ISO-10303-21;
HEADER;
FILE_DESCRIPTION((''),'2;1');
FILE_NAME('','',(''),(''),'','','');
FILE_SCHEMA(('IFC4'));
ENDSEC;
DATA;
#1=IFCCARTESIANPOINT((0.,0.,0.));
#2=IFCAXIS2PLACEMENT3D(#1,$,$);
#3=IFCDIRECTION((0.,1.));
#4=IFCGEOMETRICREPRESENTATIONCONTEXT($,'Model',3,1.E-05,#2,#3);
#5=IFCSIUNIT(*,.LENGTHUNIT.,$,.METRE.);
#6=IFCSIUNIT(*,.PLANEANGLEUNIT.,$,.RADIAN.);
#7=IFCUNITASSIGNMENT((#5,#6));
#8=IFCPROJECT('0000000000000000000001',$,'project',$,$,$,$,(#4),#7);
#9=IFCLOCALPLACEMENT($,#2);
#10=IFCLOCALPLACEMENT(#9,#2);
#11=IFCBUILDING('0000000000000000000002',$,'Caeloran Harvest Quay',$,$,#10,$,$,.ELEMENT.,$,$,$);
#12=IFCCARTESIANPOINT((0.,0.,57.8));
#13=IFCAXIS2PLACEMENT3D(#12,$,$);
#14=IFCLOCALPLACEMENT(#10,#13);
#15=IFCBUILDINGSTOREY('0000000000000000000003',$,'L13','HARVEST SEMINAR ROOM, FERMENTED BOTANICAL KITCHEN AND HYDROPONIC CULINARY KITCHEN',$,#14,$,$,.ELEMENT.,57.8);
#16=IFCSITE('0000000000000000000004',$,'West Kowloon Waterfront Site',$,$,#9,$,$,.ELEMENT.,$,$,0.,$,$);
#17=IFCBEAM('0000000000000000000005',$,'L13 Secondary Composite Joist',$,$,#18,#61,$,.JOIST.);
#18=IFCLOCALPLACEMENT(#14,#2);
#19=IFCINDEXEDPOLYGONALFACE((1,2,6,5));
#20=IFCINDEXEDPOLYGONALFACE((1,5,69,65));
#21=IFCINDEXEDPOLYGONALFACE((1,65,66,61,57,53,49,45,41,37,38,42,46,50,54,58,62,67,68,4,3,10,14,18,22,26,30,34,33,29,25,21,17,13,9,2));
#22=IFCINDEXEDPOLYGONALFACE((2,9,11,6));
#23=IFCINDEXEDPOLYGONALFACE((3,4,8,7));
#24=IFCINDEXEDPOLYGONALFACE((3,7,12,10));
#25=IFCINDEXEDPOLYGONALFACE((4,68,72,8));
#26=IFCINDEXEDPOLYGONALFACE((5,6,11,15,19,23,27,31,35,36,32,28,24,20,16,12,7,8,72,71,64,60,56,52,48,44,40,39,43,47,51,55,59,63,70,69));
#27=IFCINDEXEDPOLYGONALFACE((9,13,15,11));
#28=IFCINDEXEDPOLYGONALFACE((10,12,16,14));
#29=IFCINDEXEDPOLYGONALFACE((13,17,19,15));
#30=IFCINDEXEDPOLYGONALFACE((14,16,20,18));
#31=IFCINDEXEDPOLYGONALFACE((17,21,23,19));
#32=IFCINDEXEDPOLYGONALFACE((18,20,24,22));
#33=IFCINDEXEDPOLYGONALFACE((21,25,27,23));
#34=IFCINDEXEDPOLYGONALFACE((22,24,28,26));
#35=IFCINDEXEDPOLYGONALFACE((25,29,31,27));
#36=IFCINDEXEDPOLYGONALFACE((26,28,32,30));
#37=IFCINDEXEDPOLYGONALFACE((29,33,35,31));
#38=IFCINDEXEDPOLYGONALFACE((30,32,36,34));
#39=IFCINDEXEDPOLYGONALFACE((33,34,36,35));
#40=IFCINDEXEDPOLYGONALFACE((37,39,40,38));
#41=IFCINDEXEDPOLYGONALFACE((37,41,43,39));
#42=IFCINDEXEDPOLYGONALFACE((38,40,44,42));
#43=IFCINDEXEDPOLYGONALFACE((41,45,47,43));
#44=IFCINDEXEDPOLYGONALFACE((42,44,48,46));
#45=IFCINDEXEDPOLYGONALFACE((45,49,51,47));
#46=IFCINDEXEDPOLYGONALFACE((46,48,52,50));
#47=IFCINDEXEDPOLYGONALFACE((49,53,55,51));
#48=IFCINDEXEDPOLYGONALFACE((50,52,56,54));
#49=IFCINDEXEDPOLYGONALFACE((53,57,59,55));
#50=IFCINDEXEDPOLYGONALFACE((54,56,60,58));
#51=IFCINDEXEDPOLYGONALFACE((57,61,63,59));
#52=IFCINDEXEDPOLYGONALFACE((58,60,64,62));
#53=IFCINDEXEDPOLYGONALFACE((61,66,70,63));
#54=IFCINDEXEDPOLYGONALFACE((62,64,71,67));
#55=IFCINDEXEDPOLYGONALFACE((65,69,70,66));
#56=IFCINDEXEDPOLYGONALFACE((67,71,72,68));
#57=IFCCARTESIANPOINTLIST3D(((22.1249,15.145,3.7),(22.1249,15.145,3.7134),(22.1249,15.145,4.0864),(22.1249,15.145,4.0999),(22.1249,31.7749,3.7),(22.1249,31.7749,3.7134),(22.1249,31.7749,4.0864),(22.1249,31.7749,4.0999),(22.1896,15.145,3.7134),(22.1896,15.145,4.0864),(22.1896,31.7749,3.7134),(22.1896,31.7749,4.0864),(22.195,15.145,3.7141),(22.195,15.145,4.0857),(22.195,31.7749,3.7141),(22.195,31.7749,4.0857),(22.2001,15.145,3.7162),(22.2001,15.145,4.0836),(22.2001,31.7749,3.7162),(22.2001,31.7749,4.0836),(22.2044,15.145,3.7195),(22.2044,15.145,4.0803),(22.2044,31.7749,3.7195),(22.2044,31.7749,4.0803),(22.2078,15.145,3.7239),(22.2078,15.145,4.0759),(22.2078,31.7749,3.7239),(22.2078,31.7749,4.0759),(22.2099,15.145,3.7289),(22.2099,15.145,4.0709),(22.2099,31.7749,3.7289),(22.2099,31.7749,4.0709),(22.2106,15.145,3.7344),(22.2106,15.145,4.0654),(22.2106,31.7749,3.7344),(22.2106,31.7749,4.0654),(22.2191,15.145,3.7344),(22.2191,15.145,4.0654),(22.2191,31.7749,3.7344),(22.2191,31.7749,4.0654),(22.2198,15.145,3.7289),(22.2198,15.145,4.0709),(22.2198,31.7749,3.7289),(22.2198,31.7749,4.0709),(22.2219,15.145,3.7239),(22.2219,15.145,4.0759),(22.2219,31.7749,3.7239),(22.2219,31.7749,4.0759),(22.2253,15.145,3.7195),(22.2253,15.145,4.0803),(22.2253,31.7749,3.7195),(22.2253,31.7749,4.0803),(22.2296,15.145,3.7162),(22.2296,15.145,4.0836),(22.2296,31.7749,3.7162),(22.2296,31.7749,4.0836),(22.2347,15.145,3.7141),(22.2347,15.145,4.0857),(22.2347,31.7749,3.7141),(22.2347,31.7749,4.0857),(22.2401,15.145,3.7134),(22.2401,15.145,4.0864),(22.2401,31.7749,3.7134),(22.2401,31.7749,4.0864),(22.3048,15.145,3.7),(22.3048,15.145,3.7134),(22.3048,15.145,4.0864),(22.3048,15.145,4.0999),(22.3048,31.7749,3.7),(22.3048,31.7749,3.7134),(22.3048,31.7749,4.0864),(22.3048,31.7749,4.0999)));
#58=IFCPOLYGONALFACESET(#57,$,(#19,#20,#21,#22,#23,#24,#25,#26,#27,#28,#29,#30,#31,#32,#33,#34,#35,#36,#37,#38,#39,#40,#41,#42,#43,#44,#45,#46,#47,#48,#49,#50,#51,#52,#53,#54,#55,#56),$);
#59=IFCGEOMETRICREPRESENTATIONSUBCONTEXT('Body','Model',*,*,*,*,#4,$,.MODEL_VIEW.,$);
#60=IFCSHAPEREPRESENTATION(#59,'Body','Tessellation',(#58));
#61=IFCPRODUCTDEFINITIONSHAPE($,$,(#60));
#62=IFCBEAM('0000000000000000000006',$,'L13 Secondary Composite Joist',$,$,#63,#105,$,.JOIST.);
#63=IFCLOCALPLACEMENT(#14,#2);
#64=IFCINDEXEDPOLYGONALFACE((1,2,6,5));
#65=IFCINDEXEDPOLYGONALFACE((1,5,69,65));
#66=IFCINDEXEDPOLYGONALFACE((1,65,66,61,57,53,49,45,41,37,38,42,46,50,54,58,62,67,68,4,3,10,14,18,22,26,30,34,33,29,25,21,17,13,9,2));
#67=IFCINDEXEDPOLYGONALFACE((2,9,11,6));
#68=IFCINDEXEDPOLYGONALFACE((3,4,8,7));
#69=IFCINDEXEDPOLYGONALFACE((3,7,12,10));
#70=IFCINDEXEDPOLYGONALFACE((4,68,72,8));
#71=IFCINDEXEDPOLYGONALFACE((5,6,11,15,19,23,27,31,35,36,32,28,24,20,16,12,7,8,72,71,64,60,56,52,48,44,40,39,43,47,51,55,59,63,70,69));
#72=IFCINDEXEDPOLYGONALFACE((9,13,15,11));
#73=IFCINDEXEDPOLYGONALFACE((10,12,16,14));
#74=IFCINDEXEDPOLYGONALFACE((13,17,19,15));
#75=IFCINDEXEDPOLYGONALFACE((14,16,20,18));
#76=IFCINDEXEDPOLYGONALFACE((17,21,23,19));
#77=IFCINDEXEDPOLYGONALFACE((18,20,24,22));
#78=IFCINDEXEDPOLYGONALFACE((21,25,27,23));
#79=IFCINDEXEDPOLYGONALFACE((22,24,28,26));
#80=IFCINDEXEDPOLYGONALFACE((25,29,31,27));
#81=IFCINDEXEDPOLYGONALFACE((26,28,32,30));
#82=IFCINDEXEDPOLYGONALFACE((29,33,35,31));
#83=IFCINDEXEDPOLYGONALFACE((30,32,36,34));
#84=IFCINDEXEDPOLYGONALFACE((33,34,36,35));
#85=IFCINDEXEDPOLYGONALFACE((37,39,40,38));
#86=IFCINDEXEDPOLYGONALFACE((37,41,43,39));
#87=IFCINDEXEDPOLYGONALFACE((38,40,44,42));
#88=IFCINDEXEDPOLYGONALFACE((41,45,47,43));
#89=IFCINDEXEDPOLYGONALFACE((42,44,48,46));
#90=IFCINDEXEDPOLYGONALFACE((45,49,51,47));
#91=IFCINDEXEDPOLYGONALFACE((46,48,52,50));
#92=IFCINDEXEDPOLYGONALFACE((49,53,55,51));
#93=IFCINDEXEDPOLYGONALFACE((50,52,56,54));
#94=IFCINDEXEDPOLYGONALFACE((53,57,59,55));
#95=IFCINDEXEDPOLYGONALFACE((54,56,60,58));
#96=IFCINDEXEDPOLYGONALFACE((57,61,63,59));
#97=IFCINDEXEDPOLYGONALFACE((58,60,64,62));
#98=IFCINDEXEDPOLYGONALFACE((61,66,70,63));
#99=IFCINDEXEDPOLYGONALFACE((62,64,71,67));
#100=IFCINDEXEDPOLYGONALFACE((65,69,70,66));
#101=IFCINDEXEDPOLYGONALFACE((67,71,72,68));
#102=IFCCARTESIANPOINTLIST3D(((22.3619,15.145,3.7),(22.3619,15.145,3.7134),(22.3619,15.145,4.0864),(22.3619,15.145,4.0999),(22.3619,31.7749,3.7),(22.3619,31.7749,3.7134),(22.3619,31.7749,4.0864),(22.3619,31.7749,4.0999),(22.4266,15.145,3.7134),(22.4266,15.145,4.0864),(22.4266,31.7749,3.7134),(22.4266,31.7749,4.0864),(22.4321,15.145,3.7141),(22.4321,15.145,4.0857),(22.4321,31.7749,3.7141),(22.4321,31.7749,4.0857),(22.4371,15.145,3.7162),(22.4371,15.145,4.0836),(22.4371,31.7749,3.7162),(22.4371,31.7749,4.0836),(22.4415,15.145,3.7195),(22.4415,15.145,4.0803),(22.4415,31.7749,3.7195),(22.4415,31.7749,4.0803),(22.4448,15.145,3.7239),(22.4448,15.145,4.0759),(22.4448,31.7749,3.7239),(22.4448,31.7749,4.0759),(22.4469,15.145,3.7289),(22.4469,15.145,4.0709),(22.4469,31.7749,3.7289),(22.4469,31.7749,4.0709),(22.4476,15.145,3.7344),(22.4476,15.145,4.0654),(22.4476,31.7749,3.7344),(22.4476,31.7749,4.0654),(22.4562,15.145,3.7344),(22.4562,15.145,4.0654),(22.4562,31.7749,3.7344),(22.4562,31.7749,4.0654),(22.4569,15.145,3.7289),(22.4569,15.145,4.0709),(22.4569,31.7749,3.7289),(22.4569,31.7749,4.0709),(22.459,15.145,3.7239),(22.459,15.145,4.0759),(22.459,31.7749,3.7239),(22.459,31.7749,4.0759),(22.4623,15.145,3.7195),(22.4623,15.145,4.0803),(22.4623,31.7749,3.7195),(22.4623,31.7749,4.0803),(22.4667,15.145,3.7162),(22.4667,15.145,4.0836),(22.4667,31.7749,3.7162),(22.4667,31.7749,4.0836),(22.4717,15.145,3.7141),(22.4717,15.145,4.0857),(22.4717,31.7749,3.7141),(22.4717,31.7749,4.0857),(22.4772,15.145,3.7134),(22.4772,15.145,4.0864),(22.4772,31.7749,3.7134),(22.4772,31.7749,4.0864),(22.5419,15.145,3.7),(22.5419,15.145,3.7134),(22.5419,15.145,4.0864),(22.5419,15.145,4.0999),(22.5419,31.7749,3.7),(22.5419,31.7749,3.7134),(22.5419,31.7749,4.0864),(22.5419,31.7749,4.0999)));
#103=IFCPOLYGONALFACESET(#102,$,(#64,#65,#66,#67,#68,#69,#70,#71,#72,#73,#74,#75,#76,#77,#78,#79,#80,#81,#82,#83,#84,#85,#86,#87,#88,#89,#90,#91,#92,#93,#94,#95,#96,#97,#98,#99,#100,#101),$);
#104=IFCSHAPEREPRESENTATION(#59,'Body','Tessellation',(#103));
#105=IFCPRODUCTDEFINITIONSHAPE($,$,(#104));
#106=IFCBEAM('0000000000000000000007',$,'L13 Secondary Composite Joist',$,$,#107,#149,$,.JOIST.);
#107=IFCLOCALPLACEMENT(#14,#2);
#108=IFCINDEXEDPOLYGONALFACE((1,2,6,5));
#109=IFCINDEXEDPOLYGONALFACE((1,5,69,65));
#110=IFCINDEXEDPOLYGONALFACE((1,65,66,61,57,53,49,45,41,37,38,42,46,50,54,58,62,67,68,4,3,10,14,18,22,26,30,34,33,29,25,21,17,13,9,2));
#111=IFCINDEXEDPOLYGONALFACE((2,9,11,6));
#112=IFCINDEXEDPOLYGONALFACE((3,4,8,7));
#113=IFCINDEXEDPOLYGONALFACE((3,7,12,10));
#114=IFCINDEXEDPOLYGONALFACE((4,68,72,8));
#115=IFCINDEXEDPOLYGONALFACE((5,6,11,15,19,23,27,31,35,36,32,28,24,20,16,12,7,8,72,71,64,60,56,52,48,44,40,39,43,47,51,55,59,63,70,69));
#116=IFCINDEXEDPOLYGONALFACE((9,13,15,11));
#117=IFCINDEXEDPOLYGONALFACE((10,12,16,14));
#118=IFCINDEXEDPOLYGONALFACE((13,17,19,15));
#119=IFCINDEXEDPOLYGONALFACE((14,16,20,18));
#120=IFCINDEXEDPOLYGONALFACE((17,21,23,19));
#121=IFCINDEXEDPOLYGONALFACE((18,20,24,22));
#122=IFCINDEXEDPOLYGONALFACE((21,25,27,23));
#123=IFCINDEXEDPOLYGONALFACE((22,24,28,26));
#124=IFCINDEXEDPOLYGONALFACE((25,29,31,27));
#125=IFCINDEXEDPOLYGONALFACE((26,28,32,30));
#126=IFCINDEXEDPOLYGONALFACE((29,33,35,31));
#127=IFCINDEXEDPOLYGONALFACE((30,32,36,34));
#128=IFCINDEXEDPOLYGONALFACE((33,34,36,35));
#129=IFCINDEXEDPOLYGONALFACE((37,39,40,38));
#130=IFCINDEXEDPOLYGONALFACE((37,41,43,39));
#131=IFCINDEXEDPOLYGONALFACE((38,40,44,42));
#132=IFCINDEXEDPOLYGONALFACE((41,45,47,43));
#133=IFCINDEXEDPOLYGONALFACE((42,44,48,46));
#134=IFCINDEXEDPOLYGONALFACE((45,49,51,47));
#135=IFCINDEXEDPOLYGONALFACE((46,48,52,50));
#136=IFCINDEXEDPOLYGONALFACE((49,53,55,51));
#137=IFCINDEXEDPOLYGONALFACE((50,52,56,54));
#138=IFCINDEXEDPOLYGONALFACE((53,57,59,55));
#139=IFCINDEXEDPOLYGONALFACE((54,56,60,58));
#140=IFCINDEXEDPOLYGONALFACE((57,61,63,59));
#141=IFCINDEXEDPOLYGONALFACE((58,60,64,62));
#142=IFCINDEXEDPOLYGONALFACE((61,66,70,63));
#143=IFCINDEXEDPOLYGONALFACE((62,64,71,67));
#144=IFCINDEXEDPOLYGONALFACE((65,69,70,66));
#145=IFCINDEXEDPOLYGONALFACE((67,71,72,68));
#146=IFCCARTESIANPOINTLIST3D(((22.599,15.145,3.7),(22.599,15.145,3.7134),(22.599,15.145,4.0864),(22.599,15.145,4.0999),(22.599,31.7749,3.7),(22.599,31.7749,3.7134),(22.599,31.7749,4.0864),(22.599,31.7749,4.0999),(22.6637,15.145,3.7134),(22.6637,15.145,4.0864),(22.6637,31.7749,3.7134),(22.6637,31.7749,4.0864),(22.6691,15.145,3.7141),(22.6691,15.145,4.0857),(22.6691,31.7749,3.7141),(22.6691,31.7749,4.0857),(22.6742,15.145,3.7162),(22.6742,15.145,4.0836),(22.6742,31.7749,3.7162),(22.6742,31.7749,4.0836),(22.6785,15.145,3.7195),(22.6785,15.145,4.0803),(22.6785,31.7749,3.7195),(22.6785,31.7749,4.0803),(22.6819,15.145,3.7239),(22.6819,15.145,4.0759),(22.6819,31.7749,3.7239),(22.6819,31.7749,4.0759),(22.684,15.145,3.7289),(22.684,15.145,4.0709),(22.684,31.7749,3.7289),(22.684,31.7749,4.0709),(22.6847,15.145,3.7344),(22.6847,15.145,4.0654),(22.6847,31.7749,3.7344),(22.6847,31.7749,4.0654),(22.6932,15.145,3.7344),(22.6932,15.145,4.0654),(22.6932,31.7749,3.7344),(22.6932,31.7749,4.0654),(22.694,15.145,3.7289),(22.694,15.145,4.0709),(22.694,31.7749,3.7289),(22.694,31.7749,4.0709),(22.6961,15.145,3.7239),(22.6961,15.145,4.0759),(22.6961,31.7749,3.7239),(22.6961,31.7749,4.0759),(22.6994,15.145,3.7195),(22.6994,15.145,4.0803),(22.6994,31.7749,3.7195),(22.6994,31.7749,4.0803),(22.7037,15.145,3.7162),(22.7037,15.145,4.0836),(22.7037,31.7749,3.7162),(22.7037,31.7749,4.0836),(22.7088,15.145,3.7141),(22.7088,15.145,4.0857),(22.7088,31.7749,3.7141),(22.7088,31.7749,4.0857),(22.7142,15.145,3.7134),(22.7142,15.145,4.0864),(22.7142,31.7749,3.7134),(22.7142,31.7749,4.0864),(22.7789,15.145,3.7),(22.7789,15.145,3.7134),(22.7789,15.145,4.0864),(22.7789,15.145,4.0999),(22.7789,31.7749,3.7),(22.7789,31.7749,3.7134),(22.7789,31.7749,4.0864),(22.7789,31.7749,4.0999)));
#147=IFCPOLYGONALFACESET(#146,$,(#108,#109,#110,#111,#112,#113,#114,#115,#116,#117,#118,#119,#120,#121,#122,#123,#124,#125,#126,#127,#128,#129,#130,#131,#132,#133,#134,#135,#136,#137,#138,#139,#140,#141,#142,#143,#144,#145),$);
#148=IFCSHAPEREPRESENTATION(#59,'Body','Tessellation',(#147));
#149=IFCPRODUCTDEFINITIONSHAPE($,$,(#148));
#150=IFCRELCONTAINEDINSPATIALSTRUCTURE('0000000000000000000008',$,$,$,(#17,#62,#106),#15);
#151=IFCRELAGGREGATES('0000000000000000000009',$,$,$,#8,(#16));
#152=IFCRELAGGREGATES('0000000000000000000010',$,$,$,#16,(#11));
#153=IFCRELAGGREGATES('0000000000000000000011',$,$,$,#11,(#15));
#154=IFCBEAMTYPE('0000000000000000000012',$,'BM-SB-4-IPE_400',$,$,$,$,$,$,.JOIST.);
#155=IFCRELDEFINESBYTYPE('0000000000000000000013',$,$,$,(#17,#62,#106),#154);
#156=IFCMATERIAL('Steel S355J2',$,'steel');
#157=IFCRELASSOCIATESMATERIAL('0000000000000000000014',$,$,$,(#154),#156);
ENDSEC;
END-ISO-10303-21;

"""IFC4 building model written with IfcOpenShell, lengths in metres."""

from ifc_helpers import new_model, si_unit, direction, frame, origin, origin_2d, place, context, subcontext, project, spatial, i_section, extrude, material, material_profile, profile_set, type_object, element, save


model = new_model("IFC4")

# Units and contexts
model_context = context("Model", 3, precision=1e-05, world=origin(), true_north=direction((0.0, 1.0)))
body_context = subcontext(model_context, "Body", "Model", "MODEL_VIEW")
ifc_project = project(units=[si_unit("LENGTHUNIT", "METRE"), si_unit("PLANEANGLEUNIT", "RADIAN")], contexts=[model_context])

# Site, building, storey
site_placement = place(None, origin())
site = spatial("IfcSite", under=ifc_project, at=site_placement, Name="West Kowloon Waterfront Site", CompositionType="ELEMENT", RefElevation=0.0)
building_placement = place(site_placement, origin())
building = spatial("IfcBuilding", under=site, at=building_placement, Name="Caeloran Harvest Quay", CompositionType="ELEMENT")
storey_placement = place(building_placement, frame((0.0, 0.0, 57.8)))
storey = spatial("IfcBuildingStorey", under=building, at=storey_placement, Name="L13", Description="HARVEST SEMINAR ROOM, FERMENTED BOTANICAL KITCHEN AND HYDROPONIC CULINARY KITCHEN", CompositionType="ELEMENT", Elevation=57.8)

# Beams
ifc_material_1 = material(Name="Steel S355J2", Category="steel")
ifc_material_profile_1 = material_profile(ifc_material_1, i_section(OverallWidth=0.1799, OverallDepth=0.3999, WebThickness=0.0085, FlangeThickness=0.0134, FilletRadius=0.021, at=origin_2d()), Name="IPE 400")
ifc_profile_set_1 = profile_set([ifc_material_profile_1], Name="Steel S355J2")
beam_type_1 = type_object("IfcBeamType", Name="BM-SB-4-IPE_400", PredefinedType="JOIST", material=ifc_profile_set_1)
for number, where, z_axis, x_axis, name in (
    (1, (22.2148, 15.145, 3.8999), (0.0, 1.0, 0.0), (-1.0, 0.0, 0.0), "L13 Secondary Composite Joist"),
    (2, (22.4519, 15.145, 3.8999), (0.0, 1.0, 0.0), (-1.0, 0.0, 0.0), "L13 Secondary Composite Joist"),
    (3, (22.689, 15.145, 3.8999), (0.0, 1.0, 0.0), (-1.0, 0.0, 0.0), "L13 Secondary Composite Joist"),
):
    element("IfcBeam", number, at=place(storey_placement, frame(where, z_axis=z_axis, x_axis=x_axis)), inside=storey, type_object=beam_type_1, Name=name, PredefinedType="JOIST", context=body_context, shape_type="SweptSolid", body=[
        extrude(i_section(OverallWidth=0.1799, OverallDepth=0.3999, WebThickness=0.0085, FlangeThickness=0.0134, FilletRadius=0.021, at=origin_2d()), origin(), (0.0, 0.0, 1.0), 16.6299),
    ])

save(model, "model.ifc")
